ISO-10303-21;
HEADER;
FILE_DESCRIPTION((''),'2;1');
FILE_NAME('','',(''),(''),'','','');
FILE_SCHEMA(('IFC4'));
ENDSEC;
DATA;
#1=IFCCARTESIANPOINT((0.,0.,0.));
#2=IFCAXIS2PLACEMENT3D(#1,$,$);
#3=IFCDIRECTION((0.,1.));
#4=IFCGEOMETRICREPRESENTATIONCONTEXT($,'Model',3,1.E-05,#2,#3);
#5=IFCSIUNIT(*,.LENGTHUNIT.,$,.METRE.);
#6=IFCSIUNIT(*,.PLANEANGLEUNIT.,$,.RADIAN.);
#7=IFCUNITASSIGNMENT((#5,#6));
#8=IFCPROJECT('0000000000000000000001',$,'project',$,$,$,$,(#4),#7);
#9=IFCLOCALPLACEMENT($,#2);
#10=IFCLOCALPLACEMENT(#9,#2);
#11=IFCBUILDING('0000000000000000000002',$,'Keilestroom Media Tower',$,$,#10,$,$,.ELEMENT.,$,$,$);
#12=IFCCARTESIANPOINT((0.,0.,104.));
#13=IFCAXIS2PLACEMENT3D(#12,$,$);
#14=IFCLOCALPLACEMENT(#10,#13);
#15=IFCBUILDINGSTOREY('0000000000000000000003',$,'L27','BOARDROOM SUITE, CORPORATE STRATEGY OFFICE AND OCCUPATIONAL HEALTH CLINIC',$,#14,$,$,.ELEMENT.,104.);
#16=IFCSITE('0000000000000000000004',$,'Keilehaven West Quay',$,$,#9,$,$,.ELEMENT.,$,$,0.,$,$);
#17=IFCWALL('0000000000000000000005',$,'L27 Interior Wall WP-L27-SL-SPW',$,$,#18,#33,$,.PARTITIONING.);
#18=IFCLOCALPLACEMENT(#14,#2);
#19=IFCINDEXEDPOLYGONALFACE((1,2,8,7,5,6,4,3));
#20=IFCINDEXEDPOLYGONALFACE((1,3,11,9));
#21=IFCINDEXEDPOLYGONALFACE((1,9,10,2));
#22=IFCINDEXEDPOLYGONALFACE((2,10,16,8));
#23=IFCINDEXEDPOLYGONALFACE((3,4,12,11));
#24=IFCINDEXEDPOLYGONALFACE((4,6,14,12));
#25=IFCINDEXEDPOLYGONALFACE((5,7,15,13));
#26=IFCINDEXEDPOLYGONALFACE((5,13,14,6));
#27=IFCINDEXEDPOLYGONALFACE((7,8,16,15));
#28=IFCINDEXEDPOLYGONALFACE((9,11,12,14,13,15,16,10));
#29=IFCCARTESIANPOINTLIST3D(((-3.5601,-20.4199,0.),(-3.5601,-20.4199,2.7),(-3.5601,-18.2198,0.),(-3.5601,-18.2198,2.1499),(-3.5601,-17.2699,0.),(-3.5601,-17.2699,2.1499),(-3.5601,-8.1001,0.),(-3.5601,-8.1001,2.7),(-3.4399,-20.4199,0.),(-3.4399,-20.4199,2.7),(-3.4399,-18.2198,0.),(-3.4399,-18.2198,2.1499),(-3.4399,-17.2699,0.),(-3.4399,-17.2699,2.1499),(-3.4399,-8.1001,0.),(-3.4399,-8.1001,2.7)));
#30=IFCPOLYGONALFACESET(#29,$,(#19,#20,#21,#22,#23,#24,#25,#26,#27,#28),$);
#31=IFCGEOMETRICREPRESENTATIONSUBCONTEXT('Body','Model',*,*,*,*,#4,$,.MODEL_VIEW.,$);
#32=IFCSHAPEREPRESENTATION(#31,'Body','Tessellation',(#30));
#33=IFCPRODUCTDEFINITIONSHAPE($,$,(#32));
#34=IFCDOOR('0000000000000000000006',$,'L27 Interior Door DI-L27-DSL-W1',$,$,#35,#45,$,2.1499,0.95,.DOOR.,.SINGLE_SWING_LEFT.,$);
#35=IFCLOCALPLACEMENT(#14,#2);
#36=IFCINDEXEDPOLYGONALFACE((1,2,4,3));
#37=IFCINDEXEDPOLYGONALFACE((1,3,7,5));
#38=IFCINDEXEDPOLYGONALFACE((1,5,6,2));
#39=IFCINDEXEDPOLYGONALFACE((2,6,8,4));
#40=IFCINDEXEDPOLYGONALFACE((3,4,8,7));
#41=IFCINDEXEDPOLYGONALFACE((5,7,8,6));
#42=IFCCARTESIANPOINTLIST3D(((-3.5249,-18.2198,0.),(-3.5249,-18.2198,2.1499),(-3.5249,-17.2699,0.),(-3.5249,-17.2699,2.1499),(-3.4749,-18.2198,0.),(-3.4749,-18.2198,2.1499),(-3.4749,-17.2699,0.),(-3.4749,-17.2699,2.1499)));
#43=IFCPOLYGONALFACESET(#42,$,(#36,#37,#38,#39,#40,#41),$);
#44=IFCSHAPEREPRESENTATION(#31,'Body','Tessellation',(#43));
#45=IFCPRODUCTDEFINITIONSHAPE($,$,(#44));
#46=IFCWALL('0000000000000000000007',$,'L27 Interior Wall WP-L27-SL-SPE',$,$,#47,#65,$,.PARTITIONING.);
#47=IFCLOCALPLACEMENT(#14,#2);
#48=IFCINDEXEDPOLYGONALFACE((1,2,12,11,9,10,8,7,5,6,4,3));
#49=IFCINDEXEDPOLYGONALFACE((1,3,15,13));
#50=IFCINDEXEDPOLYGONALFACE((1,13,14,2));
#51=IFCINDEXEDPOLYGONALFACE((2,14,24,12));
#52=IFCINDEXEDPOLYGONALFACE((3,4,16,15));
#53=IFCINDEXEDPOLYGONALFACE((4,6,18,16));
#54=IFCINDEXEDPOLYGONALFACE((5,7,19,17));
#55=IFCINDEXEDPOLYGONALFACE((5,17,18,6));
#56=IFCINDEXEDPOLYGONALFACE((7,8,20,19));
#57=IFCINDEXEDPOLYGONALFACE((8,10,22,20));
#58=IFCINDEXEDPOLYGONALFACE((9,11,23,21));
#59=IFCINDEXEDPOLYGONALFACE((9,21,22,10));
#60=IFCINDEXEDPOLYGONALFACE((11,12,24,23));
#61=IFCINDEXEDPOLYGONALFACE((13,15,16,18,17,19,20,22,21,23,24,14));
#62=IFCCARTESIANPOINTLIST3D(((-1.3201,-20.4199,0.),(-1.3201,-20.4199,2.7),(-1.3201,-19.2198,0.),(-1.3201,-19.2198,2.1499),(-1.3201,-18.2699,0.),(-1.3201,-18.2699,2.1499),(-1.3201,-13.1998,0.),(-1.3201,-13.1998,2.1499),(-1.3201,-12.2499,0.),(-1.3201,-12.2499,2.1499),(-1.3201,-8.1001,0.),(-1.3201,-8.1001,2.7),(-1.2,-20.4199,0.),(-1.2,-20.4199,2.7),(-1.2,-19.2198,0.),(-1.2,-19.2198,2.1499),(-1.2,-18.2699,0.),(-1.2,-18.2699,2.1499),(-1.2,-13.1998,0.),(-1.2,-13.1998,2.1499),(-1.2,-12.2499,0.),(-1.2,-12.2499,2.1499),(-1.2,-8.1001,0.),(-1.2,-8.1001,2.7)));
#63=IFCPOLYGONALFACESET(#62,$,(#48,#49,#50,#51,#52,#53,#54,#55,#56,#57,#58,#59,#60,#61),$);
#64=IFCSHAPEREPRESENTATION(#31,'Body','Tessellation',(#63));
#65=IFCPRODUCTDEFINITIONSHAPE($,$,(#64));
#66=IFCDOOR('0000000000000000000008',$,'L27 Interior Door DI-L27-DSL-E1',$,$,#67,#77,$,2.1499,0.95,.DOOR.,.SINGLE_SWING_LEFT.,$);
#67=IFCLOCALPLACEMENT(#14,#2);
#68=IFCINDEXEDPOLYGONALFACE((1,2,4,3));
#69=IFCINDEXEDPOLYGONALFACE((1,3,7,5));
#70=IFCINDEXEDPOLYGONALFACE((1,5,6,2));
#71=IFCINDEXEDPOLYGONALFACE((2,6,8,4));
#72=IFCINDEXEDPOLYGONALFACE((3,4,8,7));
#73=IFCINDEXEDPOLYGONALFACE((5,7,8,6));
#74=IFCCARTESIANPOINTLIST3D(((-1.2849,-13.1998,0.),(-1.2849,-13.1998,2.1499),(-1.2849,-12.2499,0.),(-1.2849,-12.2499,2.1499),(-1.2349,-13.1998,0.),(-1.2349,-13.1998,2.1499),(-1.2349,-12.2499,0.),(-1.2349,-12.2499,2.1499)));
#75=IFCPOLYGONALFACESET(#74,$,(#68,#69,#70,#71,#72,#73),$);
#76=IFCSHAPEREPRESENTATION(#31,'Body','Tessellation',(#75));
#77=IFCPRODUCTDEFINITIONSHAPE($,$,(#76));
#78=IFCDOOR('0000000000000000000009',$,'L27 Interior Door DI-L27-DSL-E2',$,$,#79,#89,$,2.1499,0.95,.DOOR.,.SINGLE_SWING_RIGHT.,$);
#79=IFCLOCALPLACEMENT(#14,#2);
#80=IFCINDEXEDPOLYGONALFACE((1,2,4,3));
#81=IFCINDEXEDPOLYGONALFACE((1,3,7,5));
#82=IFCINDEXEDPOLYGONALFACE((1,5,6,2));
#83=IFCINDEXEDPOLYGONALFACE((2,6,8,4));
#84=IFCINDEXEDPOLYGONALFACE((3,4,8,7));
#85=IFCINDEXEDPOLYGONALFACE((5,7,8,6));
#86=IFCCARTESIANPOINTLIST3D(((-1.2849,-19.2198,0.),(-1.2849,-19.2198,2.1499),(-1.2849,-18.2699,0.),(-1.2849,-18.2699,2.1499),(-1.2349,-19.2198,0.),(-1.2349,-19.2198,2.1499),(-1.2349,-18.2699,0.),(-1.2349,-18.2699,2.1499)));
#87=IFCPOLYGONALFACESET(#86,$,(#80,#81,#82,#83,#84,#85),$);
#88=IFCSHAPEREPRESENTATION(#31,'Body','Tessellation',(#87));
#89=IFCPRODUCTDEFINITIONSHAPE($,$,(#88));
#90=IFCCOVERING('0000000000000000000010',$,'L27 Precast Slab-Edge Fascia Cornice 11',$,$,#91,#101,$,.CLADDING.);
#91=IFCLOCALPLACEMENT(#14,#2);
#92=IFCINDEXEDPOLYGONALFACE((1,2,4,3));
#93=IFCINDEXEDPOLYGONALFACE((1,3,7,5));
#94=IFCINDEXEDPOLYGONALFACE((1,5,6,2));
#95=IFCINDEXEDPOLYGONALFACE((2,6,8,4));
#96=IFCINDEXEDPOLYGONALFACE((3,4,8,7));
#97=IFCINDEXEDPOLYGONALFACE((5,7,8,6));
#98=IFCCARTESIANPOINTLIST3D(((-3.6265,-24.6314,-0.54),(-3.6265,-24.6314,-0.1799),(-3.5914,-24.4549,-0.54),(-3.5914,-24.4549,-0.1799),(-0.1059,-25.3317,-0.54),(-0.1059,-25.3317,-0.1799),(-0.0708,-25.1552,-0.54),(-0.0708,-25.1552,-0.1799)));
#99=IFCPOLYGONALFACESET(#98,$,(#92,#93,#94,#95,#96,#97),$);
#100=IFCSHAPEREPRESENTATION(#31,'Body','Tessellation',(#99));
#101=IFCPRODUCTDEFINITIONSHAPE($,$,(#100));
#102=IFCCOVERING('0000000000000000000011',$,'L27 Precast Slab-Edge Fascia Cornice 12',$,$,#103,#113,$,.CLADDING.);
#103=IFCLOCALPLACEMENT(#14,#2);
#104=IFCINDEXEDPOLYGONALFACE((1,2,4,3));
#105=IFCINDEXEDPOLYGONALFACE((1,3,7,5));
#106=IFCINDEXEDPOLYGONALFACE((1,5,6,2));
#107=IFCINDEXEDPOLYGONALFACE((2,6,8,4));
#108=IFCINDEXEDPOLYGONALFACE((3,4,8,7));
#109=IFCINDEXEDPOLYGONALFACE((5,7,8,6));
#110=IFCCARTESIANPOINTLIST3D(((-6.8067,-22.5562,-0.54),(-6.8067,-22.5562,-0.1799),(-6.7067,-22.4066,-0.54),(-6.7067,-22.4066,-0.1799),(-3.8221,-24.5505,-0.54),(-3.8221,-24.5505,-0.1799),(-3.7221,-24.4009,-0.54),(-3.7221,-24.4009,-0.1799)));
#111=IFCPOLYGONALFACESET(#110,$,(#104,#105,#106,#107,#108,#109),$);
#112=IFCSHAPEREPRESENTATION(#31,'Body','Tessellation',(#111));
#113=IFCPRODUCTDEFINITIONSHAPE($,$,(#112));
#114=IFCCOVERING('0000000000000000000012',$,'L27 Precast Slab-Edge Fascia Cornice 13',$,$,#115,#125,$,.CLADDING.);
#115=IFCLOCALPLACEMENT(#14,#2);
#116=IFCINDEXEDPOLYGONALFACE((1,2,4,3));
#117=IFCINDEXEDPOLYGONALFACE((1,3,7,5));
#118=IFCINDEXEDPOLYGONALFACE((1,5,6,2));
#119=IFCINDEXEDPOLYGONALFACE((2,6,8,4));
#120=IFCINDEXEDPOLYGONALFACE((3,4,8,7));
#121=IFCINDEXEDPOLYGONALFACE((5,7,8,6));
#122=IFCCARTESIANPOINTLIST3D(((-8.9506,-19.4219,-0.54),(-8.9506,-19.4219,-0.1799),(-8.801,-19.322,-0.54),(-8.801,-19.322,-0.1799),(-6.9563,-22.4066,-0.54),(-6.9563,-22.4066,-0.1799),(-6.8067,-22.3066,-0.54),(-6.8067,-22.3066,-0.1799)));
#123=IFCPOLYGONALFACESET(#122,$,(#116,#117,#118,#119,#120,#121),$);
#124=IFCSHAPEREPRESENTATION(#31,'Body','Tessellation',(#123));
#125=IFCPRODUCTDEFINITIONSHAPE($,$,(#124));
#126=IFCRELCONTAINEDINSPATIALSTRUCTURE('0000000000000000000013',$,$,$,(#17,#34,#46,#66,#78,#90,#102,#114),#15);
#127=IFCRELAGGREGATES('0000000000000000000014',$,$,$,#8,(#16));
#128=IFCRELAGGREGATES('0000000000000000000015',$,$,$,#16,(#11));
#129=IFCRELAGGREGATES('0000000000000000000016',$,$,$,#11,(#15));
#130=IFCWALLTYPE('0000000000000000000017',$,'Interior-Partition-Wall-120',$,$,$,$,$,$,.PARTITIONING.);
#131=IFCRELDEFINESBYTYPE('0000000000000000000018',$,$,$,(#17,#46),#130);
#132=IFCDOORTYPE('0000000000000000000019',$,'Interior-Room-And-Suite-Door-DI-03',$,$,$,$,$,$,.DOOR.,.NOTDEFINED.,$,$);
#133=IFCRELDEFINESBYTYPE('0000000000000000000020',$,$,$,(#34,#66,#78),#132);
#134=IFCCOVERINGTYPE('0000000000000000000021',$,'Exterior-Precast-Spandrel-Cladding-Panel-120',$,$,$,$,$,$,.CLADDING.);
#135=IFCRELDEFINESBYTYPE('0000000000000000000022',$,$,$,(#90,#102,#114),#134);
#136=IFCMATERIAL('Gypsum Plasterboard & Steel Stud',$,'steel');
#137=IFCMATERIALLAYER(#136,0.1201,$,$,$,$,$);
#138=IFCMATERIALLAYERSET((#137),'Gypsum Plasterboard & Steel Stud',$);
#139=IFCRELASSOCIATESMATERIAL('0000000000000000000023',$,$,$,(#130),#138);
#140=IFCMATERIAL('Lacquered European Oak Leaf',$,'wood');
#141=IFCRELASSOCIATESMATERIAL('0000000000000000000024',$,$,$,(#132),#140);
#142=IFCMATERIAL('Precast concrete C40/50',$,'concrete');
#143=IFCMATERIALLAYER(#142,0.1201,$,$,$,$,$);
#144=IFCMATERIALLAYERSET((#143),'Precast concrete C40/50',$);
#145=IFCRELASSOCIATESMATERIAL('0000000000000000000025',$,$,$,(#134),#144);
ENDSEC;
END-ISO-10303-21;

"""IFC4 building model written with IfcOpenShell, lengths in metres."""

from ifc_helpers import new_model, si_unit, direction, frame, frame_2d, origin, origin_2d, place, context, subcontext, project, spatial, rectangle, extrude, source, transform, mapped, material, layer, layer_set, type_object, element, fill, save


model = new_model("IFC4")

# Units and contexts
model_context = context("Model", 3, precision=1e-05, world=origin(), true_north=direction((0.0, 1.0)))
body_context = subcontext(model_context, "Body", "Model", "MODEL_VIEW")
ifc_project = project(units=[si_unit("LENGTHUNIT", "METRE"), si_unit("PLANEANGLEUNIT", "RADIAN")], contexts=[model_context])

# Site, building, storey
site_placement = place(None, origin())
site = spatial("IfcSite", under=ifc_project, at=site_placement, Name="Keilehaven West Quay", CompositionType="ELEMENT", RefElevation=0.0)
building_placement = place(site_placement, origin())
building = spatial("IfcBuilding", under=site, at=building_placement, Name="Keilestroom Media Tower", CompositionType="ELEMENT")
storey_placement = place(building_placement, frame((0.0, 0.0, 104.0)))
storey = spatial("IfcBuildingStorey", under=building, at=storey_placement, Name="L27", Description="BOARDROOM SUITE, CORPORATE STRATEGY OFFICE AND OCCUPATIONAL HEALTH CLINIC", CompositionType="ELEMENT", Elevation=104.0)

# Shared definitions
ifc_material_1 = material(Name="Precast concrete C40/50", Category="concrete")

# Wall, opening, door
ifc_material_2 = material(Name="Gypsum Plasterboard & Steel Stud", Category="steel")
ifc_layer_1 = layer(ifc_material_2, 0.1201)
ifc_layer_set_1 = layer_set([ifc_layer_1], Name="Gypsum Plasterboard & Steel Stud")
wall_type_1 = type_object("IfcWallType", Name="Interior-Partition-Wall-120", PredefinedType="PARTITIONING", material=ifc_layer_set_1)
wall_1_placement = place(storey_placement, frame((-3.5, -20.4199, 0.0), z_axis=(0.0, 0.0, 1.0), x_axis=(0.0, 1.0, 0.0)))
wall_1 = element("IfcWall", 1, at=wall_1_placement, inside=storey, type_object=wall_type_1, Name="L27 Interior Wall WP-L27-SL-SPW", PredefinedType="PARTITIONING", context=body_context, shape_type="SweptSolid", body=[
    extrude(rectangle(XDim=12.3198, YDim=0.1201, at=frame_2d((6.1599, 0.0))), origin(), (0.0, 0.0, 1.0), 2.7),
])
opening_1_placement = place(wall_1_placement, frame((2.2, 0.0, 0.0)))
opening_1 = element("IfcOpeningElement", 2, at=opening_1_placement, cuts=wall_1, PredefinedType="OPENING", context=body_context, shape_type="SweptSolid", body=[
    extrude(rectangle(XDim=0.95, YDim=2.1499, at=frame_2d((0.4751, 1.075))), frame((0.0, 0.0701, 0.0), z_axis=(0.0, -1.0, 0.0), x_axis=(1.0, 0.0, 0.0)), (0.0, 0.0, 1.0), 0.1401),
])
ifc_material_3 = material(Name="Lacquered European Oak Leaf", Category="wood")
door_type = type_object("IfcDoorType", Name="Interior-Room-And-Suite-Door-DI-03", OperationType="NOTDEFINED", PredefinedType="DOOR", material=ifc_material_3)
shared_shape_1 = source(origin(), body_context, "Body", "SweptSolid", [
    extrude(rectangle(XDim=0.95, YDim=2.1499, at=frame_2d((0.4751, 1.075))), frame((0.0, 0.0249, 0.0), z_axis=(0.0, -1.0, 0.0), x_axis=(1.0, 0.0, 0.0)), (0.0, 0.0, 1.0), 0.05),
])
door_1_placement = place(opening_1_placement, origin())
door_1 = element("IfcDoor", 3, at=door_1_placement, inside=storey, type_object=door_type, Name="L27 Interior Door DI-L27-DSL-W1", OperationType="SINGLE_SWING_LEFT", OverallHeight=2.1499, OverallWidth=0.95, PredefinedType="DOOR", context=body_context, shape_type="MappedRepresentation", body=[
    mapped(shared_shape_1, transform((0.0, 0.0, 0.0), x_axis=(1.0, 0.0, 0.0), y_axis=(0.0, 1.0, 0.0), z_axis=(0.0, 0.0, 1.0), scale=1.0)),
])
fill(opening_1, door_1)

# Wall, openings, doors
wall_2_placement = place(storey_placement, frame((-1.26, -20.4199, 0.0), z_axis=(0.0, 0.0, 1.0), x_axis=(0.0, 1.0, 0.0)))
wall_2 = element("IfcWall", 4, at=wall_2_placement, inside=storey, type_object=wall_type_1, Name="L27 Interior Wall WP-L27-SL-SPE", PredefinedType="PARTITIONING", context=body_context, shape_type="SweptSolid", body=[
    extrude(rectangle(XDim=12.3198, YDim=0.1201, at=frame_2d((6.1599, 0.0))), origin(), (0.0, 0.0, 1.0), 2.7),
])
opening_2_placement = place(wall_2_placement, frame((7.22, 0.0, 0.0)))
opening_2 = element("IfcOpeningElement", 5, at=opening_2_placement, cuts=wall_2, PredefinedType="OPENING", context=body_context, shape_type="SweptSolid", body=[
    extrude(rectangle(XDim=0.95, YDim=2.1499, at=frame_2d((0.4751, 1.075))), frame((0.0, 0.0701, 0.0), z_axis=(0.0, -1.0, 0.0), x_axis=(1.0, 0.0, 0.0)), (0.0, 0.0, 1.0), 0.1401),
])
opening_3_placement = place(wall_2_placement, frame((1.2, 0.0, 0.0)))
opening_3 = element("IfcOpeningElement", 6, at=opening_3_placement, cuts=wall_2, PredefinedType="OPENING", context=body_context, shape_type="SweptSolid", body=[
    extrude(rectangle(XDim=0.95, YDim=2.1499, at=frame_2d((0.4751, 1.075))), frame((0.0, 0.0701, 0.0), z_axis=(0.0, -1.0, 0.0), x_axis=(1.0, 0.0, 0.0)), (0.0, 0.0, 1.0), 0.1401),
])
door_2_placement = place(opening_2_placement, origin())
door_2 = element("IfcDoor", 7, at=door_2_placement, inside=storey, type_object=door_type, Name="L27 Interior Door DI-L27-DSL-E1", OperationType="SINGLE_SWING_LEFT", OverallHeight=2.1499, OverallWidth=0.95, PredefinedType="DOOR", context=body_context, shape_type="MappedRepresentation", body=[
    mapped(shared_shape_1, transform((0.0, 0.0, 0.0), x_axis=(1.0, 0.0, 0.0), y_axis=(0.0, 1.0, 0.0), z_axis=(0.0, 0.0, 1.0), scale=1.0)),
])
fill(opening_2, door_2)
door_3_placement = place(opening_3_placement, origin())
door_3 = element("IfcDoor", 8, at=door_3_placement, inside=storey, type_object=door_type, Name="L27 Interior Door DI-L27-DSL-E2", OperationType="SINGLE_SWING_RIGHT", OverallHeight=2.1499, OverallWidth=0.95, PredefinedType="DOOR", context=body_context, shape_type="MappedRepresentation", body=[
    mapped(shared_shape_1, transform((0.0, 0.0, 0.0), x_axis=(1.0, 0.0, 0.0), y_axis=(0.0, 1.0, 0.0), z_axis=(0.0, 0.0, 1.0), scale=1.0)),
])
fill(opening_3, door_3)

# Coverings
ifc_layer_2 = layer(ifc_material_1, 0.1201)
ifc_layer_set_2 = layer_set([ifc_layer_2], Name="Precast concrete C40/50")
covering_type = type_object("IfcCoveringType", Name="Exterior-Precast-Spandrel-Cladding-Panel-120", PredefinedType="CLADDING", material=ifc_layer_set_2)
shared_shape_2 = source(origin(), body_context, "Body", "SweptSolid", [
    extrude(rectangle(XDim=3.5896, YDim=0.1799, at=origin_2d()), origin(), (0.0, 0.0, 1.0), 0.3601),
])
for number, where, z_axis, x_axis, name in (
    (9, (-1.8486, -24.8933, -0.54), (0.0, 0.0, 1.0), (-0.980784, 0.195099, 0.0), "L27 Precast Slab-Edge Fascia Cornice 11"),
    (10, (-5.2644, -23.4785, -0.54), (0.0, 0.0, 1.0), (-0.831467, 0.555575, 0.0), "L27 Precast Slab-Edge Fascia Cornice 12"),
    (11, (-7.8787, -20.8643, -0.54), (0.0, 0.0, 1.0), (-0.555575, 0.831467, 0.0), "L27 Precast Slab-Edge Fascia Cornice 13"),
):
    element("IfcCovering", number, at=place(storey_placement, frame(where, z_axis=z_axis, x_axis=x_axis)), inside=storey, type_object=covering_type, Name=name, PredefinedType="CLADDING", context=body_context, shape_type="MappedRepresentation", body=[
        mapped(shared_shape_2, transform((0.0, 0.0, 0.0), x_axis=(1.0, 0.0, 0.0), y_axis=(0.0, 1.0, 0.0), z_axis=(0.0, 0.0, 1.0), scale=1.0)),
    ])

save(model, "model.ifc")
